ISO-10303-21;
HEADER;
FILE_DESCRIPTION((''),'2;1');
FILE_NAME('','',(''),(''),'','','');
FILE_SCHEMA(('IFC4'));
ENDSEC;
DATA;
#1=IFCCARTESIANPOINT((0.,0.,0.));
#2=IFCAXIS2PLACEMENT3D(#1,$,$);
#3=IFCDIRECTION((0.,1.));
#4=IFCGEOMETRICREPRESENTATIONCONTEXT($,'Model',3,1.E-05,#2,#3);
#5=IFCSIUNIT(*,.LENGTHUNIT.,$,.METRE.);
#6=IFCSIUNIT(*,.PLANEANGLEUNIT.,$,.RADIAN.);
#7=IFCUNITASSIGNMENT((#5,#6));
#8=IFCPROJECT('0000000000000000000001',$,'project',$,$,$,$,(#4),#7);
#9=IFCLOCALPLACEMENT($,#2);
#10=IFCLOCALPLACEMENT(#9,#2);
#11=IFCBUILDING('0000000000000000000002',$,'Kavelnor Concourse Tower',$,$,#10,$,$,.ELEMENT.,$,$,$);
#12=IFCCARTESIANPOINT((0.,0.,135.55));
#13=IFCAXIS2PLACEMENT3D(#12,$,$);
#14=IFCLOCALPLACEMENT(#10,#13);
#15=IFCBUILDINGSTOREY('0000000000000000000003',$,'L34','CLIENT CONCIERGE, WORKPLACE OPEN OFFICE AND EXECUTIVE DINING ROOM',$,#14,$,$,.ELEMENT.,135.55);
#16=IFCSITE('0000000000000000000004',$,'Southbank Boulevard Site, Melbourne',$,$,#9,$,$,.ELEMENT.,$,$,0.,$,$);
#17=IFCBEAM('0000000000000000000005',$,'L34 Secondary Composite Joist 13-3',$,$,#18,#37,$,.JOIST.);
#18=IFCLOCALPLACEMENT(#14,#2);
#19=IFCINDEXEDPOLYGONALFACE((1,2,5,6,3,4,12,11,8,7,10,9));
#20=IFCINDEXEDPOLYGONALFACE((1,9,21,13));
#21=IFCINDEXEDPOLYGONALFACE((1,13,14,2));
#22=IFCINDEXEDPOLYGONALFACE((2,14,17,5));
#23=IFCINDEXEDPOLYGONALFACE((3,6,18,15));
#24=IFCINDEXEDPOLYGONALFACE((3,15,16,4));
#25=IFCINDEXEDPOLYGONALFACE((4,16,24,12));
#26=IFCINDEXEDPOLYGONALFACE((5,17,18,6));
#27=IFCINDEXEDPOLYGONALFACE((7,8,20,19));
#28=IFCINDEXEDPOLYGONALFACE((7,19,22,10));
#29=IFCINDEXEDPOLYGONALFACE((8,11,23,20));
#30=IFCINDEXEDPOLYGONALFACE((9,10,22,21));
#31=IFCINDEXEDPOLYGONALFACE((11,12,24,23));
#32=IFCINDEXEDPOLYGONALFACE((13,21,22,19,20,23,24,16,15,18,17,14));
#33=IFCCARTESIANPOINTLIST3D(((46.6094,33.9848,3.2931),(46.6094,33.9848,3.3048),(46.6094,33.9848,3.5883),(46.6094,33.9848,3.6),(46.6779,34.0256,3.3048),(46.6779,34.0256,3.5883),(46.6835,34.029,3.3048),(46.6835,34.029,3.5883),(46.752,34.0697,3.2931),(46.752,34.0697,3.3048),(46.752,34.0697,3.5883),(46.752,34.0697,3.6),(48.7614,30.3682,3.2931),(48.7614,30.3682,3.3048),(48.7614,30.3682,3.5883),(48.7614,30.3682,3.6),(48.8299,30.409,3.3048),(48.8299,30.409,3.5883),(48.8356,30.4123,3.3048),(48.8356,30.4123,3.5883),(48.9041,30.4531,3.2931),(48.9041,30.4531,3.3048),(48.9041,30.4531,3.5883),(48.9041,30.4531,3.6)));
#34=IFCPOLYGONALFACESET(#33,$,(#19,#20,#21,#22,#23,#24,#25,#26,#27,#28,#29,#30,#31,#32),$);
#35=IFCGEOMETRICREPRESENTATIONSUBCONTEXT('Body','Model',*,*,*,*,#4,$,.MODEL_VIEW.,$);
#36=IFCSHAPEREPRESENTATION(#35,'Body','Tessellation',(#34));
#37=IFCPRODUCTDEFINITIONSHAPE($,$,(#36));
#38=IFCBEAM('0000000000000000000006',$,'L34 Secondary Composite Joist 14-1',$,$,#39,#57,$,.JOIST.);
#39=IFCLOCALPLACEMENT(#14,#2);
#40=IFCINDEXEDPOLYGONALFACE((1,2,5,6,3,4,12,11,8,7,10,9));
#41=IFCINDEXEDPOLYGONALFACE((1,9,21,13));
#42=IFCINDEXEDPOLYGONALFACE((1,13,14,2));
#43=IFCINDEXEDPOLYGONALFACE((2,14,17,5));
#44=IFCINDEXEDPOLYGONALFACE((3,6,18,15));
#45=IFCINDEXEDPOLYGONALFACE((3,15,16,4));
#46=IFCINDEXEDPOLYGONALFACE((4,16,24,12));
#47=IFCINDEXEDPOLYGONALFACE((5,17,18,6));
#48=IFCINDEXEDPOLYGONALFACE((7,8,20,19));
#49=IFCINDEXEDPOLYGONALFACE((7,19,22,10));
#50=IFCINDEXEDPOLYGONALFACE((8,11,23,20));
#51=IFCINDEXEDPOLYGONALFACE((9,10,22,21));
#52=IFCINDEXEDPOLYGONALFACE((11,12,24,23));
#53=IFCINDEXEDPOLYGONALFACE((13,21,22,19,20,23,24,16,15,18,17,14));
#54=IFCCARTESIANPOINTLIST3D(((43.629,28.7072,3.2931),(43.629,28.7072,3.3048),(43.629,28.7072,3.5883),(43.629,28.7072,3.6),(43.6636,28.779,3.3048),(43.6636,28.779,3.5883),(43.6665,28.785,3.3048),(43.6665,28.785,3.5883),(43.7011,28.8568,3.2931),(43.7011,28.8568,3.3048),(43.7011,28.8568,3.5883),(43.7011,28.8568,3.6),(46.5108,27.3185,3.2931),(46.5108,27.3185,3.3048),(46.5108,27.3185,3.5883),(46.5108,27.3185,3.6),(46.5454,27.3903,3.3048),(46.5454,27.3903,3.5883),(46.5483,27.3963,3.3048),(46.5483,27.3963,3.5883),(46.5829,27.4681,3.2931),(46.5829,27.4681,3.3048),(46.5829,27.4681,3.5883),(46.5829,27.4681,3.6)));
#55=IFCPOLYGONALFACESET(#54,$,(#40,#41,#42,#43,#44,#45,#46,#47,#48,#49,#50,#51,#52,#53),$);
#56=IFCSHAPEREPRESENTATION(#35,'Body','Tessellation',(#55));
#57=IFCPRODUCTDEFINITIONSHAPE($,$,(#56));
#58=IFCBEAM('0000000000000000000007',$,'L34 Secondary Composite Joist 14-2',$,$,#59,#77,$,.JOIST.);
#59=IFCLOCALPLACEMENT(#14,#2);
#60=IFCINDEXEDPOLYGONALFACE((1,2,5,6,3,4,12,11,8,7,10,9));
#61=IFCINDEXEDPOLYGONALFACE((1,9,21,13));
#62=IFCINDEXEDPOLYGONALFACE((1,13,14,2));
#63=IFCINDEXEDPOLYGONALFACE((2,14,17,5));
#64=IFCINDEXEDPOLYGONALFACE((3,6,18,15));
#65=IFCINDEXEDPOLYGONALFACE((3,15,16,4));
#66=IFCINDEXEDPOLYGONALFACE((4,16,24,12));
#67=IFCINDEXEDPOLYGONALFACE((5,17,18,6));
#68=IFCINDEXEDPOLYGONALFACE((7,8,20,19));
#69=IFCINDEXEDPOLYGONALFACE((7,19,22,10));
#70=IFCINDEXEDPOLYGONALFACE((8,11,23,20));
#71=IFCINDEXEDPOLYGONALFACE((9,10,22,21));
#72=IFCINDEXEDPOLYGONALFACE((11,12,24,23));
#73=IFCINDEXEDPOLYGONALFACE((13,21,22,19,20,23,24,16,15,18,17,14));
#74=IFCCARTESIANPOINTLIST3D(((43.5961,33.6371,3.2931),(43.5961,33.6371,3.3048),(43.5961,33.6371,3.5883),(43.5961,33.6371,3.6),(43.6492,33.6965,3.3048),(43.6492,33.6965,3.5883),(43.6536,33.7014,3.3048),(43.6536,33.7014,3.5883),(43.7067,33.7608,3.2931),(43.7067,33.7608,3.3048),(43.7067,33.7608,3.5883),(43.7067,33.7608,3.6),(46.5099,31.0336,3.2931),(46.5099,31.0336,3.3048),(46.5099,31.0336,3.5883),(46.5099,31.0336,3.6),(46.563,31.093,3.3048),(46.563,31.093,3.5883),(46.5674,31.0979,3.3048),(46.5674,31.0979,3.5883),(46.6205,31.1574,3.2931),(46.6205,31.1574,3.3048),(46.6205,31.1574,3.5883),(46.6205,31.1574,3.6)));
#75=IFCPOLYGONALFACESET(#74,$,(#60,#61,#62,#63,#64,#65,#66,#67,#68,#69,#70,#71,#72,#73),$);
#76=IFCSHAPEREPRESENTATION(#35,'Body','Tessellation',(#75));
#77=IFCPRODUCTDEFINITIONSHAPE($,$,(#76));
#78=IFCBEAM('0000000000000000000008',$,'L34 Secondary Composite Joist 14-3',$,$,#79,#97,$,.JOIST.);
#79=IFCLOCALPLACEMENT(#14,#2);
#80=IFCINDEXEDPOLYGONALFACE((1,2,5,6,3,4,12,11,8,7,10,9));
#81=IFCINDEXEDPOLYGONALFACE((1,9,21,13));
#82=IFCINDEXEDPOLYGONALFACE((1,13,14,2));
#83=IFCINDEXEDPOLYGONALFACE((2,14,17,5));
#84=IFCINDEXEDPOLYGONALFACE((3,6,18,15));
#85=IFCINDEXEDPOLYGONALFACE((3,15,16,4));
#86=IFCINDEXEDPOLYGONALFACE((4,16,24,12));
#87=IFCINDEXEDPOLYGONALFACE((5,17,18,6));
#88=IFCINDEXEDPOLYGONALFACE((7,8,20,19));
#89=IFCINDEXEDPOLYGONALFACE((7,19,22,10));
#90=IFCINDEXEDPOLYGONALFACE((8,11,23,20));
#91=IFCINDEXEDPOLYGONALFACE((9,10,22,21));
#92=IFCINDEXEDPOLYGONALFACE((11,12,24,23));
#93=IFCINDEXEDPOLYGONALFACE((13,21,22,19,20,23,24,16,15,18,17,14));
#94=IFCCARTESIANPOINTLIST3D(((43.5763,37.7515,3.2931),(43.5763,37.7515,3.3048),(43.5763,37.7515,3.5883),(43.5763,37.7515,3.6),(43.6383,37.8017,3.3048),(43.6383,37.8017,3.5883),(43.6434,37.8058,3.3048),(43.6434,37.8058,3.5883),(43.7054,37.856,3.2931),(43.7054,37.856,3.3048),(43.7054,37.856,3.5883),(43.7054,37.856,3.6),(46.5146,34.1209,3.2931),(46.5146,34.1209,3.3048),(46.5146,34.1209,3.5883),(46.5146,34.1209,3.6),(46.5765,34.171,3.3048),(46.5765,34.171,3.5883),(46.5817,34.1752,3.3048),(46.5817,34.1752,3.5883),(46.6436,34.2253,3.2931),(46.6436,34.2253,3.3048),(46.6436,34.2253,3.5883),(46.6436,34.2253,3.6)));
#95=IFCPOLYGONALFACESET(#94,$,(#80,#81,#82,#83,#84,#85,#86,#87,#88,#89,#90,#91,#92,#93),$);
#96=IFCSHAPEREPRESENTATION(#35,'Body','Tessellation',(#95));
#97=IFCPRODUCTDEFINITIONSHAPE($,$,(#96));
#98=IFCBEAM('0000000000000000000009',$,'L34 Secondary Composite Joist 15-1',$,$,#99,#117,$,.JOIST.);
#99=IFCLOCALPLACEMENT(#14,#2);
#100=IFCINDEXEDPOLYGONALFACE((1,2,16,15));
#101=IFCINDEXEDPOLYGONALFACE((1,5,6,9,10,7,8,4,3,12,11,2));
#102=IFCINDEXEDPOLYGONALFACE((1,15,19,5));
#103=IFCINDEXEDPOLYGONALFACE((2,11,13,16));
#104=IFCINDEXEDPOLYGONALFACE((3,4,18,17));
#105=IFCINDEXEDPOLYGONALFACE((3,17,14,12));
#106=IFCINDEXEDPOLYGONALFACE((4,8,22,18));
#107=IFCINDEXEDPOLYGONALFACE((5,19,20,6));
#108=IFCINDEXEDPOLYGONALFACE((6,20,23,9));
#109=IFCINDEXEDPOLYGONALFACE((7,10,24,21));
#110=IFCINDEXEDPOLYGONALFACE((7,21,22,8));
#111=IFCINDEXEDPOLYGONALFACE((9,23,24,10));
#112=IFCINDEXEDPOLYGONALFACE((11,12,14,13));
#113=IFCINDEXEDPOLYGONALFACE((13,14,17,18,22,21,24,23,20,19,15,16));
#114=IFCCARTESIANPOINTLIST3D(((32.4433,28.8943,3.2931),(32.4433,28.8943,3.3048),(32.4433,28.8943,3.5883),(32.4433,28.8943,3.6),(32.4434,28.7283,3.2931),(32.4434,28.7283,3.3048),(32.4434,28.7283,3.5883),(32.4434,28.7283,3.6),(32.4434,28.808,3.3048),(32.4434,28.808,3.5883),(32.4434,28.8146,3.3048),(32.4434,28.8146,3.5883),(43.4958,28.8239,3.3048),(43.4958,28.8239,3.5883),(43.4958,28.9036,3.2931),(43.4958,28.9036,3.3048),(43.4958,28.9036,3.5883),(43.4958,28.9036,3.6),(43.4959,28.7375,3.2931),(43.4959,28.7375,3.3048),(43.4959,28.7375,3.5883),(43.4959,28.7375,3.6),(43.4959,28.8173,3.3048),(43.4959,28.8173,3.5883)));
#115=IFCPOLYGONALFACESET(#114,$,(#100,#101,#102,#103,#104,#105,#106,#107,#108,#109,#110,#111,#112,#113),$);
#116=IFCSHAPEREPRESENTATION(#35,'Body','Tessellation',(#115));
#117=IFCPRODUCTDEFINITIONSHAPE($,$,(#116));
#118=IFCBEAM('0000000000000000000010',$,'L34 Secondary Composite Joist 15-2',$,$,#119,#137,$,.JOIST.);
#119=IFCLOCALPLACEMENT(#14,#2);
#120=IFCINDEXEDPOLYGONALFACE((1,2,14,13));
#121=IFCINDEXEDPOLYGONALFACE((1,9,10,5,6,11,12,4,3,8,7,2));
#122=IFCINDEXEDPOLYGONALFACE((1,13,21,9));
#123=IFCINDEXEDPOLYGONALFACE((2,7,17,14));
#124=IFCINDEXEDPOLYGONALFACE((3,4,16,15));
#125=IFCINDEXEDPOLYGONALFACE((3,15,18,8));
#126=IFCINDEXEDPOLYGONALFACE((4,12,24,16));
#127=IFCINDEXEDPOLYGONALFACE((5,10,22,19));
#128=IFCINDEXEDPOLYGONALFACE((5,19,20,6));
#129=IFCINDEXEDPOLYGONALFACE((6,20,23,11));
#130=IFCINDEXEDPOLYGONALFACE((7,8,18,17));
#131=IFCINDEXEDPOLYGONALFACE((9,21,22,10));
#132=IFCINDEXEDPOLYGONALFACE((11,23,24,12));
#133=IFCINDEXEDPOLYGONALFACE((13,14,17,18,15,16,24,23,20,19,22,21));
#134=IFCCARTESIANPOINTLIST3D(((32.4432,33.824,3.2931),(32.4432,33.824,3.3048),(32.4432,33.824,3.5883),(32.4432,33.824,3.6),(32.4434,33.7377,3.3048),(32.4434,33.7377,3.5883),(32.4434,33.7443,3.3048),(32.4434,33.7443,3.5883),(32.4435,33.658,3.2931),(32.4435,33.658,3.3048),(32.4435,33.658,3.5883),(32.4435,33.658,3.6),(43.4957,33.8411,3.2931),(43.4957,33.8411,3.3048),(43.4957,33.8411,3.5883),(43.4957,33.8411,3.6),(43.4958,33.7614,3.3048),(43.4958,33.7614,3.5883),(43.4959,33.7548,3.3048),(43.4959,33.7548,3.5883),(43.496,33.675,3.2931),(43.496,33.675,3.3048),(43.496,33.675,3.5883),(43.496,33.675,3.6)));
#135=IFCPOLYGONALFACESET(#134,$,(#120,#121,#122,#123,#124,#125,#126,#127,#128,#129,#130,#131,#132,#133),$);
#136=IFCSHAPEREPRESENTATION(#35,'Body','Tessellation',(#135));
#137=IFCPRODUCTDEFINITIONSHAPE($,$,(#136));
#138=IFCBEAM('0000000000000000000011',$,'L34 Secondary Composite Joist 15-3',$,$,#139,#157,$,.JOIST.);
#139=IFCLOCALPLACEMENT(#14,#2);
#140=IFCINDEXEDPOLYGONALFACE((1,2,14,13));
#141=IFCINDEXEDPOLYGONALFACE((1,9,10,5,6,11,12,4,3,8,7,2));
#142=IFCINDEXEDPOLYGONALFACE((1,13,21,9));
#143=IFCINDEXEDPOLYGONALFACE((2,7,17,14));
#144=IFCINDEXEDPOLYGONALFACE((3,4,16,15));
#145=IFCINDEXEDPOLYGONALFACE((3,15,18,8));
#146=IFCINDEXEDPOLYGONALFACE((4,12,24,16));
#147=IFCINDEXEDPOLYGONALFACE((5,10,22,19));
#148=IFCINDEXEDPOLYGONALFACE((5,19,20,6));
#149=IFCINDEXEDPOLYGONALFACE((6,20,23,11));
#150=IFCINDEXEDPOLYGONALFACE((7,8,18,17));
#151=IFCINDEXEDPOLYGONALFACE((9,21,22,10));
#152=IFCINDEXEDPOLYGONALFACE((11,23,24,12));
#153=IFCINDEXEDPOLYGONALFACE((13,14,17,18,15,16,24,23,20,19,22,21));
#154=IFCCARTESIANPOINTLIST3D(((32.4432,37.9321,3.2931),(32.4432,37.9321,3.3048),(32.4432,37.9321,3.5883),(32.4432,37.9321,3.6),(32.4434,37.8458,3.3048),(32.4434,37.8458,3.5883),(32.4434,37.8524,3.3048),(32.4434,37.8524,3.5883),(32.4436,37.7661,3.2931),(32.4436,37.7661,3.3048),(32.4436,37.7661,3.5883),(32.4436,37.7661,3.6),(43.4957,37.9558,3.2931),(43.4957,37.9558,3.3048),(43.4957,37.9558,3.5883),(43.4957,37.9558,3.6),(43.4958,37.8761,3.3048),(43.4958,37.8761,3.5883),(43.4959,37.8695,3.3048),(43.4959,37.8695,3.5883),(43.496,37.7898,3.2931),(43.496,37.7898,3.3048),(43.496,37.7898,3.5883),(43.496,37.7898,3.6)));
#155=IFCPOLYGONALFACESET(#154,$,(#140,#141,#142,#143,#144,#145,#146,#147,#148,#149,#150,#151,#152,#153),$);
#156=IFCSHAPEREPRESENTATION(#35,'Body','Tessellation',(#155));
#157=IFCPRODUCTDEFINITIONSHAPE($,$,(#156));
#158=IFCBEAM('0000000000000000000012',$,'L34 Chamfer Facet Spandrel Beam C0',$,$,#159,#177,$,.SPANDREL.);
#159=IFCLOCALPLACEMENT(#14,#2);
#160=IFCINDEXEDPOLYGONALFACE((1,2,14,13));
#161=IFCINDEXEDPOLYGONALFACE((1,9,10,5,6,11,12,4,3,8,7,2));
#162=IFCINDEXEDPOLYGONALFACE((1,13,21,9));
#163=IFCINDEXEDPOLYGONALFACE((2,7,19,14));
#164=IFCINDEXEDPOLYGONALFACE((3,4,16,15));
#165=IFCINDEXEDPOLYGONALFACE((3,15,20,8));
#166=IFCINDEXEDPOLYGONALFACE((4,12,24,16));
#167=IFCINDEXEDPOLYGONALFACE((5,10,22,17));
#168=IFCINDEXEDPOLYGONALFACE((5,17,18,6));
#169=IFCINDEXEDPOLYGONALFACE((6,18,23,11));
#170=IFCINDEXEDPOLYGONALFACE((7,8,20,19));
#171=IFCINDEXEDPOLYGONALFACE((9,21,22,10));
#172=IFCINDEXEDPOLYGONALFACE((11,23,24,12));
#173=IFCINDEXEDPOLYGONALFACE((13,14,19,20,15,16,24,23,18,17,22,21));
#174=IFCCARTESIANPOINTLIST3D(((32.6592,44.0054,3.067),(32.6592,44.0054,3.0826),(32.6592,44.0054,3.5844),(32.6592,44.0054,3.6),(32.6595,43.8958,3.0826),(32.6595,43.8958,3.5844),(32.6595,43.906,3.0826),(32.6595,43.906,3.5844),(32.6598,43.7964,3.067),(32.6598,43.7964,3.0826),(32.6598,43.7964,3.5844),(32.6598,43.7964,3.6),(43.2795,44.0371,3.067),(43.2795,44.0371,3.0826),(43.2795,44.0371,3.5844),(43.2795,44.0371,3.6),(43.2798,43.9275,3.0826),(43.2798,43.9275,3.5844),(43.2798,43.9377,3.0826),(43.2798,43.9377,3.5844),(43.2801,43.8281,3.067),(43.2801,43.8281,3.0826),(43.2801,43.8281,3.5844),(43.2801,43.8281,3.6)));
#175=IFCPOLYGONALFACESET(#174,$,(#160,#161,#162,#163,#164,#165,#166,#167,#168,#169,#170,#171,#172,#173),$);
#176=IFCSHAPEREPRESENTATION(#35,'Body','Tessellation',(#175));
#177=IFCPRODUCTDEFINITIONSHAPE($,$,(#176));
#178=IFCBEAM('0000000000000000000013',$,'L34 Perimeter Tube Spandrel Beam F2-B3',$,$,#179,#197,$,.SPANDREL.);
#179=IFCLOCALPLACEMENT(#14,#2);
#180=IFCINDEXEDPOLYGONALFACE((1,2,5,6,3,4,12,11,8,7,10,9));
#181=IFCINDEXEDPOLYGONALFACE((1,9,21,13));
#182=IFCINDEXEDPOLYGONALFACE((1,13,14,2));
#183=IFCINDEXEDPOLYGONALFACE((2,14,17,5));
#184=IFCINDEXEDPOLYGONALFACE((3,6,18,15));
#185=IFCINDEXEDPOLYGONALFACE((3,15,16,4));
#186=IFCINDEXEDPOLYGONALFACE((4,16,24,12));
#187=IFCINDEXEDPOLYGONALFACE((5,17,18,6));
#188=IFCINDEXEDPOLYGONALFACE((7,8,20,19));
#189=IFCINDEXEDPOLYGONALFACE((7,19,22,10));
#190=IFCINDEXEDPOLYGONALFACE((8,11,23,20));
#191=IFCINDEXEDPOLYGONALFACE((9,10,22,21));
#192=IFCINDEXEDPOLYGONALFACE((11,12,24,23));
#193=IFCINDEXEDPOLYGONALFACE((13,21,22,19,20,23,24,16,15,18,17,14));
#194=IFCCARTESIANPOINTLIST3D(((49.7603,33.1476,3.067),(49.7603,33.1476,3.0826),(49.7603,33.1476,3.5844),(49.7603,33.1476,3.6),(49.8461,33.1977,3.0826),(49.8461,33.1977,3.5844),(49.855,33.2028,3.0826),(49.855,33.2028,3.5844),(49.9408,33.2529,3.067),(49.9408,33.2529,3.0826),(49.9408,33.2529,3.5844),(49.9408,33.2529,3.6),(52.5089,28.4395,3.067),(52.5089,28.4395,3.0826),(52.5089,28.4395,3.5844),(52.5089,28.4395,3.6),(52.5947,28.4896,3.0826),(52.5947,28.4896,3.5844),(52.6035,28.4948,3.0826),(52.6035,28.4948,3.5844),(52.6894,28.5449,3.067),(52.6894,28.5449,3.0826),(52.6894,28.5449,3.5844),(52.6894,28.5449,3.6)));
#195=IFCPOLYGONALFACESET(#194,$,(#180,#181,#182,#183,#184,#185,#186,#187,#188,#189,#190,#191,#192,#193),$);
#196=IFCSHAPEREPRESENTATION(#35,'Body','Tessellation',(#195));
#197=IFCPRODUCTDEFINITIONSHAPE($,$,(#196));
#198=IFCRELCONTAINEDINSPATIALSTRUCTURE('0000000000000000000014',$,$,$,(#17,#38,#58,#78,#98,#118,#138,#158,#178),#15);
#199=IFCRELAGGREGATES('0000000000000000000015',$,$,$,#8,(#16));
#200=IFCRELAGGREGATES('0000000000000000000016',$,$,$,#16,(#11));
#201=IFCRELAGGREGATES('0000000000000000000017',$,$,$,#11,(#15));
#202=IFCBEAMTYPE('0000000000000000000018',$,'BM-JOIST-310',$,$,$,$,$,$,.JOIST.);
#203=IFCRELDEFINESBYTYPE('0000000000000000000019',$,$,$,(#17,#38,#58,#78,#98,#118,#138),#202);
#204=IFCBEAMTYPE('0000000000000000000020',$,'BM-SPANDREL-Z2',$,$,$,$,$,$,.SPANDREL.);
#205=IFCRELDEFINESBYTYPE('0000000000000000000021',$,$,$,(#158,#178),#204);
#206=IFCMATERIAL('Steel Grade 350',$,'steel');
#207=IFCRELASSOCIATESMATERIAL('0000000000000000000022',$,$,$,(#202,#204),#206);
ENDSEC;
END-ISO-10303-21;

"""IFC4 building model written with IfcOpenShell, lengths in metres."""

from ifc_helpers import new_model, si_unit, direction, frame, origin, origin_2d, place, context, subcontext, project, spatial, i_section, extrude, material, material_profile, profile_set, type_object, element, save


model = new_model("IFC4")

# Units and contexts
model_context = context("Model", 3, precision=1e-05, world=origin(), true_north=direction((0.0, 1.0)))
body_context = subcontext(model_context, "Body", "Model", "MODEL_VIEW")
ifc_project = project(units=[si_unit("LENGTHUNIT", "METRE"), si_unit("PLANEANGLEUNIT", "RADIAN")], contexts=[model_context])

# Site, building, storey
site_placement = place(None, origin())
site = spatial("IfcSite", under=ifc_project, at=site_placement, Name="Southbank Boulevard Site, Melbourne", CompositionType="ELEMENT", RefElevation=0.0)
building_placement = place(site_placement, origin())
building = spatial("IfcBuilding", under=site, at=building_placement, Name="Kavelnor Concourse Tower", CompositionType="ELEMENT")
storey_placement = place(building_placement, frame((0.0, 0.0, 135.55)))
storey = spatial("IfcBuildingStorey", under=building, at=storey_placement, Name="L34", Description="CLIENT CONCIERGE, WORKPLACE OPEN OFFICE AND EXECUTIVE DINING ROOM", CompositionType="ELEMENT", Elevation=135.55)

# Shared definitions
ifc_material_1 = material(Name="Steel Grade 350", Category="steel")

# Beams
ifc_material_profile_1 = material_profile(ifc_material_1, i_section(OverallWidth=0.166, OverallDepth=0.3069, WebThickness=0.0066, FlangeThickness=0.0117, at=origin_2d()), Name="310UB46")
ifc_profile_set_1 = profile_set([ifc_material_profile_1], Name="Steel Grade 350")
beam_type_1 = type_object("IfcBeamType", Name="BM-JOIST-310", PredefinedType="JOIST", material=ifc_profile_set_1)
beam_1_placement = place(storey_placement, frame((48.8328, 30.4106, 3.4465), z_axis=(-0.511361, 0.859366, 0.0), x_axis=(-0.859366, -0.511361, 0.0)))
element("IfcBeam", 1, at=beam_1_placement, inside=storey, type_object=beam_type_1, Name="L34 Secondary Composite Joist 13-3", PredefinedType="JOIST", context=body_context, shape_type="SweptSolid", body=[
    extrude(i_section(OverallWidth=0.166, OverallDepth=0.3069, WebThickness=0.0066, FlangeThickness=0.0117, at=origin_2d()), origin(), (0.0, 0.0, 1.0), 4.2085),
])
beam_2_placement = place(storey_placement, frame((46.5469, 27.3933, 3.4465), z_axis=(-0.900865, 0.4341, 0.0), x_axis=(-0.4341, -0.900865, 0.0)))
element("IfcBeam", 2, at=beam_2_placement, inside=storey, type_object=beam_type_1, Name="L34 Secondary Composite Joist 14-1", PredefinedType="JOIST", context=body_context, shape_type="SweptSolid", body=[
    extrude(i_section(OverallWidth=0.166, OverallDepth=0.3069, WebThickness=0.0066, FlangeThickness=0.0117, at=origin_2d()), origin(), (0.0, 0.0, 1.0), 3.199),
])
beam_3_placement = place(storey_placement, frame((46.5652, 31.0955, 3.4465), z_axis=(-0.745697, 0.666285, 0.0), x_axis=(-0.666285, -0.745697, 0.0)))
element("IfcBeam", 3, at=beam_3_placement, inside=storey, type_object=beam_type_1, Name="L34 Secondary Composite Joist 14-2", PredefinedType="JOIST", context=body_context, shape_type="SweptSolid", body=[
    extrude(i_section(OverallWidth=0.166, OverallDepth=0.3069, WebThickness=0.0066, FlangeThickness=0.0117, at=origin_2d()), origin(), (0.0, 0.0, 1.0), 3.9075),
])
beam_4_placement = place(storey_placement, frame((46.5791, 34.1731, 3.4465), z_axis=(-0.62909, 0.777333, 0.0), x_axis=(-0.777333, -0.62909, 0.0)))
element("IfcBeam", 4, at=beam_4_placement, inside=storey, type_object=beam_type_1, Name="L34 Secondary Composite Joist 14-3", PredefinedType="JOIST", context=body_context, shape_type="SweptSolid", body=[
    extrude(i_section(OverallWidth=0.166, OverallDepth=0.3069, WebThickness=0.0066, FlangeThickness=0.0117, at=origin_2d()), origin(), (0.0, 0.0, 1.0), 4.6707),
])
for number, where, z_axis, x_axis, name in (
    (5, (43.4958, 28.8206, 3.4465), (-1.0, -0.000839, 0.0), (0.000839, -1.0, 0.0), "L34 Secondary Composite Joist 15-1"),
    (6, (43.4958, 33.7581, 3.4465), (-0.999999, -0.001546, 0.0), (0.001546, -0.999999, 0.0), "L34 Secondary Composite Joist 15-2"),
    (7, (43.4958, 37.8728, 3.4465), (-0.999998, -0.002143, 0.0), (0.002143, -0.999998, 0.0), "L34 Secondary Composite Joist 15-3"),
):
    element("IfcBeam", number, at=place(storey_placement, frame(where, z_axis=z_axis, x_axis=x_axis)), inside=storey, type_object=beam_type_1, Name=name, PredefinedType="JOIST", context=body_context, shape_type="SweptSolid", body=[
        extrude(i_section(OverallWidth=0.166, OverallDepth=0.3069, WebThickness=0.0066, FlangeThickness=0.0117, at=origin_2d()), origin(), (0.0, 0.0, 1.0), 11.0525),
    ])
ifc_material_profile_2 = material_profile(ifc_material_1, i_section(OverallWidth=0.209, OverallDepth=0.533, WebThickness=0.0103, FlangeThickness=0.0156, at=origin_2d()), Name="530UB92")
ifc_profile_set_2 = profile_set([ifc_material_profile_2], Name="Steel Grade 350")
beam_type_2 = type_object("IfcBeamType", Name="BM-SPANDREL-Z2", PredefinedType="SPANDREL", material=ifc_profile_set_2)
beam_5_placement = place(storey_placement, frame((43.2798, 43.9326, 3.3335), z_axis=(-0.999996, -0.002988, 0.0), x_axis=(0.002988, -0.999996, 0.0)))
element("IfcBeam", 8, at=beam_5_placement, inside=storey, type_object=beam_type_2, Name="L34 Chamfer Facet Spandrel Beam C0", PredefinedType="SPANDREL", context=body_context, shape_type="SweptSolid", body=[
    extrude(i_section(OverallWidth=0.209, OverallDepth=0.533, WebThickness=0.0103, FlangeThickness=0.0156, at=origin_2d()), origin(), (0.0, 0.0, 1.0), 10.6204),
])
beam_6_placement = place(storey_placement, frame((52.5991, 28.4922, 3.3335), z_axis=(-0.504172, 0.863603, 0.0), x_axis=(-0.863603, -0.504172, 0.0)))
element("IfcBeam", 9, at=beam_6_placement, inside=storey, type_object=beam_type_2, Name="L34 Perimeter Tube Spandrel Beam F2-B3", PredefinedType="SPANDREL", context=body_context, shape_type="SweptSolid", body=[
    extrude(i_section(OverallWidth=0.209, OverallDepth=0.533, WebThickness=0.0103, FlangeThickness=0.0156, at=origin_2d()), origin(), (0.0, 0.0, 1.0), 5.4517),
])

save(model, "model.ifc")
